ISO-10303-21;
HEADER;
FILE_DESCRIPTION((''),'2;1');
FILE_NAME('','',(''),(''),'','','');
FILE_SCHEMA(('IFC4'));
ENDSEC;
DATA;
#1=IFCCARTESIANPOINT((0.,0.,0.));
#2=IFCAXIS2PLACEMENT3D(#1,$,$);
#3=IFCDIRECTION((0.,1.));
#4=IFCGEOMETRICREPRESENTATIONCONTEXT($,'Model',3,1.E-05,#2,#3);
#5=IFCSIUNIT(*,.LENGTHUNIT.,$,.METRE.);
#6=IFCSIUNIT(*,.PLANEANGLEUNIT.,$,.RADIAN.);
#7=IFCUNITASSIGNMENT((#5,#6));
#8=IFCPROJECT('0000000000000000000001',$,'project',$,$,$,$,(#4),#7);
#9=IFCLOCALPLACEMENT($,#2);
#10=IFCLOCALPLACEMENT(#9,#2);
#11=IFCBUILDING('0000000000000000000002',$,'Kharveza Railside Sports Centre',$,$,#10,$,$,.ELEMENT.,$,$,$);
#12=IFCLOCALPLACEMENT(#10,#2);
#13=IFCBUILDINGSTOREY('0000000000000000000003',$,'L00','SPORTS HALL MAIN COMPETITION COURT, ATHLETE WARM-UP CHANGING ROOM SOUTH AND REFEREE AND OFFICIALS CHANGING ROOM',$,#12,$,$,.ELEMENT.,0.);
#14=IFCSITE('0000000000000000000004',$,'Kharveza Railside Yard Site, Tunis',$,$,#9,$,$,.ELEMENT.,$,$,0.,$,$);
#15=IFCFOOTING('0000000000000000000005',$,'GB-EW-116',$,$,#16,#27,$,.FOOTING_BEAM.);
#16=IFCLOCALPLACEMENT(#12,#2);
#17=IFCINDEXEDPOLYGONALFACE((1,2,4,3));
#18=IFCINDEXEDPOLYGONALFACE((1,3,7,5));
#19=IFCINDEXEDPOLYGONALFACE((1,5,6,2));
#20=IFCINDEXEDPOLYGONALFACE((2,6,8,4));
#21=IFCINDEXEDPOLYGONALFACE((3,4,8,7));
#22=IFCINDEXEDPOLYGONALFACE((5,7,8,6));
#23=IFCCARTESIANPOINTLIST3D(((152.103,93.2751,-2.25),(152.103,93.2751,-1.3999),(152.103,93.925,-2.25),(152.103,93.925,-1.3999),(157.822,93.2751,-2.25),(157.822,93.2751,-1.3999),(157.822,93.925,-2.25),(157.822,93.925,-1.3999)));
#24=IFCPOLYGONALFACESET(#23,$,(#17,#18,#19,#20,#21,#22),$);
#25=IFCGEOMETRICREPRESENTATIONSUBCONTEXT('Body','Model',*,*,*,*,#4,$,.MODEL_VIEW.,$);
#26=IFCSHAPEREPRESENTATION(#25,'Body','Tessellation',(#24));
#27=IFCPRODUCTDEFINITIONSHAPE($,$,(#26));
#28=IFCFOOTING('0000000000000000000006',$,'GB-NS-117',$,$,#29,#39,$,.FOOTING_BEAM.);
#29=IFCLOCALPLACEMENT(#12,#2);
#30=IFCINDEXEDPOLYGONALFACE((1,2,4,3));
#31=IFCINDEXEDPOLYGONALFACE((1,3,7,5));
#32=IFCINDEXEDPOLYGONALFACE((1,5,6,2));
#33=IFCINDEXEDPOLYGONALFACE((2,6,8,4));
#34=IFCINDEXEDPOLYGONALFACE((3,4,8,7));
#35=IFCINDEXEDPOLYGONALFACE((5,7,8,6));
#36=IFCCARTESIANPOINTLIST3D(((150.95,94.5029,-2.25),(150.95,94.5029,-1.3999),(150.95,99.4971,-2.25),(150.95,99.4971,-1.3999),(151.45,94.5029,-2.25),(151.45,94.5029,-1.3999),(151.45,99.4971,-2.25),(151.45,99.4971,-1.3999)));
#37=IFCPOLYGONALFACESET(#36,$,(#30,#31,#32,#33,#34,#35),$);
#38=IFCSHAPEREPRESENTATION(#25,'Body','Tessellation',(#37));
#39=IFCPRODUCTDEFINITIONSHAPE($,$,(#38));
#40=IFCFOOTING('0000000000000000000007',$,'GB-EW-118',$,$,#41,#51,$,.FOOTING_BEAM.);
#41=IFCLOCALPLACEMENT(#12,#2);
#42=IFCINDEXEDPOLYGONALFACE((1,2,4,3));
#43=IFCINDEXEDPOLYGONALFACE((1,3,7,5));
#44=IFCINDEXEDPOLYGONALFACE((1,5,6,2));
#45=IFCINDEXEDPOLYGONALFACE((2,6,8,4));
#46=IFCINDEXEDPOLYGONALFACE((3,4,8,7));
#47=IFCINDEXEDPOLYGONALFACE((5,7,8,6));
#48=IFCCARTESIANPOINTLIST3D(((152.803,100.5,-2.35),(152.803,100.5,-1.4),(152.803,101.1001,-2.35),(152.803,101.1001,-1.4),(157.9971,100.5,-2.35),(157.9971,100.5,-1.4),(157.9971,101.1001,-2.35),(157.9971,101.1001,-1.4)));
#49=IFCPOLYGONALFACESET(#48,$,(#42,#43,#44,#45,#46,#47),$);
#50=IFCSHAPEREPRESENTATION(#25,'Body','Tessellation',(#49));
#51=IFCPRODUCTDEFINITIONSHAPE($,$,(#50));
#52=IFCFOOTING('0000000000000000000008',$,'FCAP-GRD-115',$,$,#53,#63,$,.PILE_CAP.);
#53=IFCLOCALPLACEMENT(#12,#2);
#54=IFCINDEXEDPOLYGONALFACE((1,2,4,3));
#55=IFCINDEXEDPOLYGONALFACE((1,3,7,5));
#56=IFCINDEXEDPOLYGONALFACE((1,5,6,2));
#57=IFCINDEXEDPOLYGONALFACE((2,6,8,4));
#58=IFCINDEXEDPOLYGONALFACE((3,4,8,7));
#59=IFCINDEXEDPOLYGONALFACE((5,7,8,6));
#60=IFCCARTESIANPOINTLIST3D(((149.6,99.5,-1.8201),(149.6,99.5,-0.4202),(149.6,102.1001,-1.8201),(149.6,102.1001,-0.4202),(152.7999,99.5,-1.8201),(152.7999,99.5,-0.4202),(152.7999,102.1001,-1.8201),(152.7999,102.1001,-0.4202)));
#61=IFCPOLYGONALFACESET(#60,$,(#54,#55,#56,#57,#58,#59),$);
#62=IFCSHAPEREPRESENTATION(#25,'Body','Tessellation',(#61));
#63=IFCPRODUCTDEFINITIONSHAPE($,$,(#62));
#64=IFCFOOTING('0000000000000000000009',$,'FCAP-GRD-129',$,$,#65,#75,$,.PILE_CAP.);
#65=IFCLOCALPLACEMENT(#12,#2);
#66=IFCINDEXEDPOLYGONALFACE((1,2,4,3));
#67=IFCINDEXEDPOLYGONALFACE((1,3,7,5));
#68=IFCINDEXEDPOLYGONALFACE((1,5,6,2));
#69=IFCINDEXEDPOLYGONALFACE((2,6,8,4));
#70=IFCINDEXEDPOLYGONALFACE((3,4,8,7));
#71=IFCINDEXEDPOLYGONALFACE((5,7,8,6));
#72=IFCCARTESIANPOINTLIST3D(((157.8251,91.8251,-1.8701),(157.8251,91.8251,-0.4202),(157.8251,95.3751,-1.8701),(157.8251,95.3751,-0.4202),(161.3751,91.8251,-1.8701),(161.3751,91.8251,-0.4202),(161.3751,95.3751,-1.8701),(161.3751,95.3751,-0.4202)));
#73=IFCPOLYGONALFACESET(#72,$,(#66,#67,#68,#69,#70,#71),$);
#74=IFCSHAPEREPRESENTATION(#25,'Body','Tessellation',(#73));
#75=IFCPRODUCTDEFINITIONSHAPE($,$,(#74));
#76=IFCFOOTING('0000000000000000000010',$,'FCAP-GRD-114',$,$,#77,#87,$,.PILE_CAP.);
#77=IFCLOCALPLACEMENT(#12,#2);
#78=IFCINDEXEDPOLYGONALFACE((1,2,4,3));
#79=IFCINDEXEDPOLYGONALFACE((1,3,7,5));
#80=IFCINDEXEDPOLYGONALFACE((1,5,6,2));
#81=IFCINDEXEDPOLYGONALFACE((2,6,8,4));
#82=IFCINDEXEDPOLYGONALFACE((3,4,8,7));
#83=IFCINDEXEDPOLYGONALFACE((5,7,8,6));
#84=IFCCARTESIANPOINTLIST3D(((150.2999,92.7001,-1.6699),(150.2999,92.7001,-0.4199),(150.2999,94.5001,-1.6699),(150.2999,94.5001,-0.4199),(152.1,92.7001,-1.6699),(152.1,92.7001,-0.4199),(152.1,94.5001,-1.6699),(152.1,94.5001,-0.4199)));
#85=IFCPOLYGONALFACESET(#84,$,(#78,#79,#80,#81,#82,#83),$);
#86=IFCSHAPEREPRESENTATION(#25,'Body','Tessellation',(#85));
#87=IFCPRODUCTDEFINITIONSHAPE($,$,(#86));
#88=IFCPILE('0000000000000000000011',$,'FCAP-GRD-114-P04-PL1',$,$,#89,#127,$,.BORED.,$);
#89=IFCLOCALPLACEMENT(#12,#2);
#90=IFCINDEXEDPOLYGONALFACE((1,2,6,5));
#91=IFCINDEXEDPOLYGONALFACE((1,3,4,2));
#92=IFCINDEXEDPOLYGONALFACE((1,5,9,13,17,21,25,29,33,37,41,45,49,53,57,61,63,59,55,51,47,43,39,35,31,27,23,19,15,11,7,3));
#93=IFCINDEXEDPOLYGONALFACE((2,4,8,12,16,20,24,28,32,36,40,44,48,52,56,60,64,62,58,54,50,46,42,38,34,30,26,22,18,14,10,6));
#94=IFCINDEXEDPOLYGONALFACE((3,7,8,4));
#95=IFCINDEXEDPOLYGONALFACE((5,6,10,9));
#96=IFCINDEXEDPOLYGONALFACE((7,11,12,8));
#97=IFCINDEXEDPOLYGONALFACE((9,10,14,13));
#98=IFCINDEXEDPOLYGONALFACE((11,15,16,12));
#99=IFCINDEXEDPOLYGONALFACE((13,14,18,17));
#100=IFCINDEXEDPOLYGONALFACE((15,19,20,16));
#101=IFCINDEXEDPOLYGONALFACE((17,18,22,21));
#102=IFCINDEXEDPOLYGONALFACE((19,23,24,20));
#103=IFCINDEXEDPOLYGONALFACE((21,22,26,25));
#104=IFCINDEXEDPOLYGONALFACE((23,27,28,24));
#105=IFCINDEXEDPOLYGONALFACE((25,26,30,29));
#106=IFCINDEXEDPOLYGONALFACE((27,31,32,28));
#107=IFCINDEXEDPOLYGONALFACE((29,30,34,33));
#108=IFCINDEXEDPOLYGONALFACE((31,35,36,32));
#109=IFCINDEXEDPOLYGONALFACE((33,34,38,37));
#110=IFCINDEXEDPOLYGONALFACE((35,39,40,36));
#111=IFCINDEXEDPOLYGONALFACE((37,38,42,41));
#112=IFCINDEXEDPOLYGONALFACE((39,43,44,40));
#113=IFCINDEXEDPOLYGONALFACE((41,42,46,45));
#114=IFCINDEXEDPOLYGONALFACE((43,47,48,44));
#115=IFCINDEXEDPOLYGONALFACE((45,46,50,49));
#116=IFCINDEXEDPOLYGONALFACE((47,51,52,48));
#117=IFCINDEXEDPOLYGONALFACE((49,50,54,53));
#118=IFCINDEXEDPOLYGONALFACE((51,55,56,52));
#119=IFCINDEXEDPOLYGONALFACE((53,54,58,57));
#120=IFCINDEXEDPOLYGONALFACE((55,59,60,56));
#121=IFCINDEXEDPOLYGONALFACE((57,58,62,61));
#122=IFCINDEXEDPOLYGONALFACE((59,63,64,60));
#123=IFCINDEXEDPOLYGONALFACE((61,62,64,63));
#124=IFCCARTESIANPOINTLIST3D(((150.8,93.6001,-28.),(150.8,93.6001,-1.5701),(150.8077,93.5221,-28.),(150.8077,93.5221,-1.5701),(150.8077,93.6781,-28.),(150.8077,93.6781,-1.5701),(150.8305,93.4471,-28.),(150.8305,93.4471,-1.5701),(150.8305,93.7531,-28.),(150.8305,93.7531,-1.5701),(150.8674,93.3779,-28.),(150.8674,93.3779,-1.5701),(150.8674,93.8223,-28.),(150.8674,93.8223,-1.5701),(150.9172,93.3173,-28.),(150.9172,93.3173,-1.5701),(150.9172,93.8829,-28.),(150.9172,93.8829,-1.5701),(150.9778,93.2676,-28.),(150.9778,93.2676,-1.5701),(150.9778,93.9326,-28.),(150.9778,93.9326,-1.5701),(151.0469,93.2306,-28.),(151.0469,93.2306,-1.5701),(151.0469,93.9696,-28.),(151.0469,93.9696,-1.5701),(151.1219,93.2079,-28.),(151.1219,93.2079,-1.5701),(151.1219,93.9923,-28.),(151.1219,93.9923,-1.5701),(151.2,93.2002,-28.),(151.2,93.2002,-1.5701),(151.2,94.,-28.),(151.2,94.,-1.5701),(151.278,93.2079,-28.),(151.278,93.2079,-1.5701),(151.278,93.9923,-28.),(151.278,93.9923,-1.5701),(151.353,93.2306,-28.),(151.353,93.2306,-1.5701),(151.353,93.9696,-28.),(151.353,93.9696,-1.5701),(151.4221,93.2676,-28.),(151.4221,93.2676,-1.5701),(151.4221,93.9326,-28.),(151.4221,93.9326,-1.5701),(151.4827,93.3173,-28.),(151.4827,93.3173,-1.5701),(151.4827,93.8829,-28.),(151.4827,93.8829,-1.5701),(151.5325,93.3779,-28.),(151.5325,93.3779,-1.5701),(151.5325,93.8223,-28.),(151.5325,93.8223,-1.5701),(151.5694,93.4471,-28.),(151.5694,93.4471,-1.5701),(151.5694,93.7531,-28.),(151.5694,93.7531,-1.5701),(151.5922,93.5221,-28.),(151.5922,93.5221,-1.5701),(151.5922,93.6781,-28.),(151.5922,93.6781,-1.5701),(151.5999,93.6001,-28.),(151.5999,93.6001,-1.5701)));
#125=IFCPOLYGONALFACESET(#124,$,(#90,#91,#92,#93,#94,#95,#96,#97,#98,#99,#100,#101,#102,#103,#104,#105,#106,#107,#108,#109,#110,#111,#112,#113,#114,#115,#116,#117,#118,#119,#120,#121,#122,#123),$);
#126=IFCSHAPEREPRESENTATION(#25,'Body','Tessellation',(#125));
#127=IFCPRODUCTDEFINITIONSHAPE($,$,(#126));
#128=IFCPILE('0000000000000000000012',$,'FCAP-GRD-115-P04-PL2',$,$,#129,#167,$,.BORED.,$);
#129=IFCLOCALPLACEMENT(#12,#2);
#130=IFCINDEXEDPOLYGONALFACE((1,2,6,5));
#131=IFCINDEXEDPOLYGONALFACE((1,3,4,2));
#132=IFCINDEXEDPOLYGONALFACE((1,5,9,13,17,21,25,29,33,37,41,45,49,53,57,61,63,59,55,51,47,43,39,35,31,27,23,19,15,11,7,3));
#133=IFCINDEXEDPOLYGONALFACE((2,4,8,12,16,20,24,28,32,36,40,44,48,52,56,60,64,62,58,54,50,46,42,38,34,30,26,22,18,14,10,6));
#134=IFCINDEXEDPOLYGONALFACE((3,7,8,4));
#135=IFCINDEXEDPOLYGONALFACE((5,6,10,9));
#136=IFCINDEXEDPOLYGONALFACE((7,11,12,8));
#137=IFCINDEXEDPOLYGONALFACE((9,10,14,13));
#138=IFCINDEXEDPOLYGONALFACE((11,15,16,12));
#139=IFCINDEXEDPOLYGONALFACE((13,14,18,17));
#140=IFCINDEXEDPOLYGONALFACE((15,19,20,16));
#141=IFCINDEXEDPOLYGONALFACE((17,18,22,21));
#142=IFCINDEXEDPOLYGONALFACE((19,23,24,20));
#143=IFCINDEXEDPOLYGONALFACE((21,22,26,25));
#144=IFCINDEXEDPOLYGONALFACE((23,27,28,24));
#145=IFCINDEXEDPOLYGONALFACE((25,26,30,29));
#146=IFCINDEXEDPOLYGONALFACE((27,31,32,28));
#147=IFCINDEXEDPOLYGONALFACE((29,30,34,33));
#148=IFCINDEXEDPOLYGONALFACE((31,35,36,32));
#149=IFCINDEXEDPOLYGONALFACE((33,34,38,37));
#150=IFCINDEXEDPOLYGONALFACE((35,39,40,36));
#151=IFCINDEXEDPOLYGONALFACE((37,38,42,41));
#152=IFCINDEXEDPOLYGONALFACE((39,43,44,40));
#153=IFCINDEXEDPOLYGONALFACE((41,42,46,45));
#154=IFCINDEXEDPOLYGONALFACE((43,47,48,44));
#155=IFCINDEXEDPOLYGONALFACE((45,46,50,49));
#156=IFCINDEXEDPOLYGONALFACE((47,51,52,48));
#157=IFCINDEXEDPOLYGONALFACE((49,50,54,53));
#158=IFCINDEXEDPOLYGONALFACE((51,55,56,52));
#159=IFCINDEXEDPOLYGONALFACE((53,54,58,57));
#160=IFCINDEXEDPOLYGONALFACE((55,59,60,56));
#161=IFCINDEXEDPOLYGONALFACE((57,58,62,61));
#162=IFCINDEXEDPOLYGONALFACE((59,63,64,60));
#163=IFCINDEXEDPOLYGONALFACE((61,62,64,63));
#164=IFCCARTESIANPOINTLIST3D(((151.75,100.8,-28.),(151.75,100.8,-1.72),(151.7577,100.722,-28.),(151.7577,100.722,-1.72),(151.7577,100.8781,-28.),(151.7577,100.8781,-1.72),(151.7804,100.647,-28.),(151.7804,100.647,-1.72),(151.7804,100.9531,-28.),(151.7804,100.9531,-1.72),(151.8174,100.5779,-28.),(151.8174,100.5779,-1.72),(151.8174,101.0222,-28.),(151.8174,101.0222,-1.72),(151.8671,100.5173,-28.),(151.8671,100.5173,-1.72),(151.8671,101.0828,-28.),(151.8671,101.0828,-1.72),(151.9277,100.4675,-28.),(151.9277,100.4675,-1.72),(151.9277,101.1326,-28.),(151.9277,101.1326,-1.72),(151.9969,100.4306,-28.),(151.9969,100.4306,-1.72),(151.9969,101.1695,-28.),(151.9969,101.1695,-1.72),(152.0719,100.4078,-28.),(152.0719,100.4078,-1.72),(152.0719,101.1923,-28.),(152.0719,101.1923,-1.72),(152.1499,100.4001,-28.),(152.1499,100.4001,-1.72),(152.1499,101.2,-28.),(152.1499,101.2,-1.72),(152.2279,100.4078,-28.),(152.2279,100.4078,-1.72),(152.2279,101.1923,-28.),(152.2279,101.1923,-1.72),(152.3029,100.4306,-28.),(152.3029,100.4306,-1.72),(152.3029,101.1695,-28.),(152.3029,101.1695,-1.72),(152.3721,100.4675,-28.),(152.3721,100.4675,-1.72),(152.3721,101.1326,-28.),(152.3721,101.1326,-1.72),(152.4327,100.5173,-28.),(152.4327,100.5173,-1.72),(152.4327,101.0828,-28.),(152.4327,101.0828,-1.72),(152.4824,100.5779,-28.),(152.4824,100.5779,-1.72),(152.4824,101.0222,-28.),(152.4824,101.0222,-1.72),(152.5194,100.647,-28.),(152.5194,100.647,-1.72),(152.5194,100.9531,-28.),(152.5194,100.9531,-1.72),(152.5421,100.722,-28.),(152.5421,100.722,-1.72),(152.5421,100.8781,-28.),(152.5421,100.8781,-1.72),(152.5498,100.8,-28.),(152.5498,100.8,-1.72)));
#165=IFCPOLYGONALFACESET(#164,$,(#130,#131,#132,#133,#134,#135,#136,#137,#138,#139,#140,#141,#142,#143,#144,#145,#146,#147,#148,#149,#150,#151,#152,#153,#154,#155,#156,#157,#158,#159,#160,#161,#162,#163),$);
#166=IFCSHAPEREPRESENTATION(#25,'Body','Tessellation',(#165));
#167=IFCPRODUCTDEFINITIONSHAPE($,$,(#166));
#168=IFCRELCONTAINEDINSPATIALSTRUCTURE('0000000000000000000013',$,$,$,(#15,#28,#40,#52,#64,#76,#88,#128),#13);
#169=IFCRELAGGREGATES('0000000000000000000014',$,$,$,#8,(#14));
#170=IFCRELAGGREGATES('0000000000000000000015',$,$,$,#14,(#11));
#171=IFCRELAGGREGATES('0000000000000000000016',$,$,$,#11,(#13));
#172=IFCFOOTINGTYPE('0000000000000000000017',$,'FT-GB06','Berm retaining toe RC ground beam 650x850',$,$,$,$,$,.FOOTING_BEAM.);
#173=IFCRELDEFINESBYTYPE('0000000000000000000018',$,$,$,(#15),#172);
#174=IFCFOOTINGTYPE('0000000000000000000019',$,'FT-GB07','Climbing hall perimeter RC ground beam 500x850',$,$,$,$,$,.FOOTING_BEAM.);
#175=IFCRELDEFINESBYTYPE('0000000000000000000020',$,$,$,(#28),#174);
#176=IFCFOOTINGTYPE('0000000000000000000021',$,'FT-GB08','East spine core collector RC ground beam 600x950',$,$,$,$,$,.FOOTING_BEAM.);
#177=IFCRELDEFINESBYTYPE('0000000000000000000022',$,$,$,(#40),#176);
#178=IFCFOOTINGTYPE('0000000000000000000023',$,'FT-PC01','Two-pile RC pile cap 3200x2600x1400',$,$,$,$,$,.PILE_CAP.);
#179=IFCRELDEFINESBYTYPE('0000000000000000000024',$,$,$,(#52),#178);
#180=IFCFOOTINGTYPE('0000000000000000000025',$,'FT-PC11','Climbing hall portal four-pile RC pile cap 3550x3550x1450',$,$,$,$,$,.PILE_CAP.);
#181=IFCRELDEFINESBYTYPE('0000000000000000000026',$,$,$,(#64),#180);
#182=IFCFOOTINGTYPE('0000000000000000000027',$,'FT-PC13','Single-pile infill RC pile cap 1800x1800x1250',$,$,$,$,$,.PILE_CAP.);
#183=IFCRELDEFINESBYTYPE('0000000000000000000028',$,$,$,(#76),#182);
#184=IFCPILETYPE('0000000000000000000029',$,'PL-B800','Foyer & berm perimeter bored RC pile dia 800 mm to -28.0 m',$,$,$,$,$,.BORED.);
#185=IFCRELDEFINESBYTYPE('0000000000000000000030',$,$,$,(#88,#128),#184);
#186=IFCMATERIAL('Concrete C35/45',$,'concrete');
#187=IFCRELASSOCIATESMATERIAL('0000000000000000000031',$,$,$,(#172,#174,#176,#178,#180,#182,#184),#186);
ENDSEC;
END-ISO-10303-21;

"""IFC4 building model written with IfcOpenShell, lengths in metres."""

from ifc_helpers import new_model, si_unit, direction, frame, origin, origin_2d, place, context, subcontext, project, spatial, rectangle, circle, extrude, material, material_profile, profile_set, type_object, element, save


model = new_model("IFC4")

# Units and contexts
model_context = context("Model", 3, precision=1e-05, world=origin(), true_north=direction((0.0, 1.0)))
body_context = subcontext(model_context, "Body", "Model", "MODEL_VIEW")
ifc_project = project(units=[si_unit("LENGTHUNIT", "METRE"), si_unit("PLANEANGLEUNIT", "RADIAN")], contexts=[model_context])

# Site, building, storey
site_placement = place(None, origin())
site = spatial("IfcSite", under=ifc_project, at=site_placement, Name="Kharveza Railside Yard Site, Tunis", CompositionType="ELEMENT", RefElevation=0.0)
building_placement = place(site_placement, origin())
building = spatial("IfcBuilding", under=site, at=building_placement, Name="Kharveza Railside Sports Centre", CompositionType="ELEMENT")
storey_placement = place(building_placement, origin())
storey = spatial("IfcBuildingStorey", under=building, at=storey_placement, Name="L00", Description="SPORTS HALL MAIN COMPETITION COURT, ATHLETE WARM-UP CHANGING ROOM SOUTH AND REFEREE AND OFFICIALS CHANGING ROOM", CompositionType="ELEMENT", Elevation=0.0)

# Footings
ifc_material_1 = material(Name="Concrete C35/45", Category="concrete")
ifc_material_profile_1 = material_profile(ifc_material_1, rectangle(XDim=0.6499, YDim=0.8501, at=origin_2d()), Name="GB 650x850")
ifc_profile_set_1 = profile_set([ifc_material_profile_1], Name="Concrete C35/45")
footing_type_1 = type_object("IfcFootingType", Name="FT-GB06", Description="Berm retaining toe RC ground beam 650x850", PredefinedType="FOOTING_BEAM", material=ifc_profile_set_1)
footing_1_placement = place(storey_placement, frame((152.103, 93.6001, -1.825), z_axis=(1.0, 0.0, 0.0), x_axis=(0.0, 1.0, 0.0)))
element("IfcFooting", 1, at=footing_1_placement, inside=storey, type_object=footing_type_1, Name="GB-EW-116", PredefinedType="FOOTING_BEAM", context=body_context, shape_type="SweptSolid", body=[
    extrude(rectangle(XDim=0.6499, YDim=0.8501, at=origin_2d()), origin(), (0.0, 0.0, 1.0), 5.719),
])
ifc_material_profile_2 = material_profile(ifc_material_1, rectangle(XDim=0.5, YDim=0.8501, at=origin_2d()), Name="GB 500x850")
ifc_profile_set_2 = profile_set([ifc_material_profile_2], Name="Concrete C35/45")
footing_type_2 = type_object("IfcFootingType", Name="FT-GB07", Description="Climbing hall perimeter RC ground beam 500x850", PredefinedType="FOOTING_BEAM", material=ifc_profile_set_2)
footing_2_placement = place(storey_placement, frame((151.2, 94.5029, -1.825), z_axis=(0.0, 1.0, 0.0), x_axis=(-1.0, 0.0, 0.0)))
element("IfcFooting", 2, at=footing_2_placement, inside=storey, type_object=footing_type_2, Name="GB-NS-117", PredefinedType="FOOTING_BEAM", context=body_context, shape_type="SweptSolid", body=[
    extrude(rectangle(XDim=0.5, YDim=0.8501, at=origin_2d()), origin(), (0.0, 0.0, 1.0), 4.9941),
])
ifc_material_profile_3 = material_profile(ifc_material_1, rectangle(XDim=0.6001, YDim=0.95, at=origin_2d()), Name="GB 600x950")
ifc_profile_set_3 = profile_set([ifc_material_profile_3], Name="Concrete C35/45")
footing_type_3 = type_object("IfcFootingType", Name="FT-GB08", Description="East spine core collector RC ground beam 600x950", PredefinedType="FOOTING_BEAM", material=ifc_profile_set_3)
footing_3_placement = place(storey_placement, frame((152.803, 100.8, -1.875), z_axis=(1.0, 0.0, 0.0), x_axis=(0.0, 1.0, 0.0)))
element("IfcFooting", 3, at=footing_3_placement, inside=storey, type_object=footing_type_3, Name="GB-EW-118", PredefinedType="FOOTING_BEAM", context=body_context, shape_type="SweptSolid", body=[
    extrude(rectangle(XDim=0.6001, YDim=0.95, at=origin_2d()), origin(), (0.0, 0.0, 1.0), 5.1941),
])
footing_type_4 = type_object("IfcFootingType", Name="FT-PC01", Description="Two-pile RC pile cap 3200x2600x1400", PredefinedType="PILE_CAP", material=ifc_material_1)
footing_4_placement = place(storey_placement, frame((151.2, 100.8, -1.8201), z_axis=(0.0, 0.0, 1.0), x_axis=(1.0, 0.0, 0.0)))
element("IfcFooting", 4, at=footing_4_placement, inside=storey, type_object=footing_type_4, Name="FCAP-GRD-115", PredefinedType="PILE_CAP", context=body_context, shape_type="SweptSolid", body=[
    extrude(rectangle(XDim=3.2, YDim=2.6001, at=origin_2d()), origin(), (0.0, 0.0, 1.0), 1.3999),
])
footing_type_5 = type_object("IfcFootingType", Name="FT-PC11", Description="Climbing hall portal four-pile RC pile cap 3550x3550x1450", PredefinedType="PILE_CAP", material=ifc_material_1)
footing_5_placement = place(storey_placement, frame((159.6001, 93.6001, -1.8701), z_axis=(0.0, 0.0, 1.0), x_axis=(1.0, 0.0, 0.0)))
element("IfcFooting", 5, at=footing_5_placement, inside=storey, type_object=footing_type_5, Name="FCAP-GRD-129", PredefinedType="PILE_CAP", context=body_context, shape_type="SweptSolid", body=[
    extrude(rectangle(XDim=3.55, YDim=3.55, at=origin_2d()), origin(), (0.0, 0.0, 1.0), 1.45),
])
footing_type_6 = type_object("IfcFootingType", Name="FT-PC13", Description="Single-pile infill RC pile cap 1800x1800x1250", PredefinedType="PILE_CAP", material=ifc_material_1)
footing_6_placement = place(storey_placement, frame((151.2, 93.6001, -1.6699), z_axis=(0.0, 0.0, 1.0), x_axis=(1.0, 0.0, 0.0)))
element("IfcFooting", 6, at=footing_6_placement, inside=storey, type_object=footing_type_6, Name="FCAP-GRD-114", PredefinedType="PILE_CAP", context=body_context, shape_type="SweptSolid", body=[
    extrude(rectangle(XDim=1.8, YDim=1.8, at=origin_2d()), origin(), (0.0, 0.0, 1.0), 1.25),
])

# Piles
ifc_material_profile_4 = material_profile(ifc_material_1, circle(Radius=0.3999, at=origin_2d()), Name="PILE D800")
ifc_profile_set_4 = profile_set([ifc_material_profile_4], Name="Concrete C35/45")
pile_type_1 = type_object("IfcPileType", Name="PL-B800", Description="Foyer & berm perimeter bored RC pile dia 800 mm to -28.0 m", PredefinedType="BORED", material=ifc_profile_set_4)
pile_1_placement = place(storey_placement, frame((151.2, 93.6001, -1.5701), z_axis=(0.0, 0.0, -1.0), x_axis=(1.0, 0.0, 0.0)))
element("IfcPile", 7, at=pile_1_placement, inside=storey, type_object=pile_type_1, Name="FCAP-GRD-114-P04-PL1", PredefinedType="BORED", context=body_context, shape_type="SweptSolid", body=[
    extrude(circle(Radius=0.3999, at=origin_2d()), origin(), (0.0, 0.0, 1.0), 26.4299),
])
pile_2_placement = place(storey_placement, frame((152.1499, 100.8, -1.72), z_axis=(0.0, 0.0, -1.0), x_axis=(1.0, 0.0, 0.0)))
element("IfcPile", 8, at=pile_2_placement, inside=storey, type_object=pile_type_1, Name="FCAP-GRD-115-P04-PL2", PredefinedType="BORED", context=body_context, shape_type="SweptSolid", body=[
    extrude(circle(Radius=0.3999, at=origin_2d()), origin(), (0.0, 0.0, 1.0), 26.28),
])

save(model, "model.ifc")
